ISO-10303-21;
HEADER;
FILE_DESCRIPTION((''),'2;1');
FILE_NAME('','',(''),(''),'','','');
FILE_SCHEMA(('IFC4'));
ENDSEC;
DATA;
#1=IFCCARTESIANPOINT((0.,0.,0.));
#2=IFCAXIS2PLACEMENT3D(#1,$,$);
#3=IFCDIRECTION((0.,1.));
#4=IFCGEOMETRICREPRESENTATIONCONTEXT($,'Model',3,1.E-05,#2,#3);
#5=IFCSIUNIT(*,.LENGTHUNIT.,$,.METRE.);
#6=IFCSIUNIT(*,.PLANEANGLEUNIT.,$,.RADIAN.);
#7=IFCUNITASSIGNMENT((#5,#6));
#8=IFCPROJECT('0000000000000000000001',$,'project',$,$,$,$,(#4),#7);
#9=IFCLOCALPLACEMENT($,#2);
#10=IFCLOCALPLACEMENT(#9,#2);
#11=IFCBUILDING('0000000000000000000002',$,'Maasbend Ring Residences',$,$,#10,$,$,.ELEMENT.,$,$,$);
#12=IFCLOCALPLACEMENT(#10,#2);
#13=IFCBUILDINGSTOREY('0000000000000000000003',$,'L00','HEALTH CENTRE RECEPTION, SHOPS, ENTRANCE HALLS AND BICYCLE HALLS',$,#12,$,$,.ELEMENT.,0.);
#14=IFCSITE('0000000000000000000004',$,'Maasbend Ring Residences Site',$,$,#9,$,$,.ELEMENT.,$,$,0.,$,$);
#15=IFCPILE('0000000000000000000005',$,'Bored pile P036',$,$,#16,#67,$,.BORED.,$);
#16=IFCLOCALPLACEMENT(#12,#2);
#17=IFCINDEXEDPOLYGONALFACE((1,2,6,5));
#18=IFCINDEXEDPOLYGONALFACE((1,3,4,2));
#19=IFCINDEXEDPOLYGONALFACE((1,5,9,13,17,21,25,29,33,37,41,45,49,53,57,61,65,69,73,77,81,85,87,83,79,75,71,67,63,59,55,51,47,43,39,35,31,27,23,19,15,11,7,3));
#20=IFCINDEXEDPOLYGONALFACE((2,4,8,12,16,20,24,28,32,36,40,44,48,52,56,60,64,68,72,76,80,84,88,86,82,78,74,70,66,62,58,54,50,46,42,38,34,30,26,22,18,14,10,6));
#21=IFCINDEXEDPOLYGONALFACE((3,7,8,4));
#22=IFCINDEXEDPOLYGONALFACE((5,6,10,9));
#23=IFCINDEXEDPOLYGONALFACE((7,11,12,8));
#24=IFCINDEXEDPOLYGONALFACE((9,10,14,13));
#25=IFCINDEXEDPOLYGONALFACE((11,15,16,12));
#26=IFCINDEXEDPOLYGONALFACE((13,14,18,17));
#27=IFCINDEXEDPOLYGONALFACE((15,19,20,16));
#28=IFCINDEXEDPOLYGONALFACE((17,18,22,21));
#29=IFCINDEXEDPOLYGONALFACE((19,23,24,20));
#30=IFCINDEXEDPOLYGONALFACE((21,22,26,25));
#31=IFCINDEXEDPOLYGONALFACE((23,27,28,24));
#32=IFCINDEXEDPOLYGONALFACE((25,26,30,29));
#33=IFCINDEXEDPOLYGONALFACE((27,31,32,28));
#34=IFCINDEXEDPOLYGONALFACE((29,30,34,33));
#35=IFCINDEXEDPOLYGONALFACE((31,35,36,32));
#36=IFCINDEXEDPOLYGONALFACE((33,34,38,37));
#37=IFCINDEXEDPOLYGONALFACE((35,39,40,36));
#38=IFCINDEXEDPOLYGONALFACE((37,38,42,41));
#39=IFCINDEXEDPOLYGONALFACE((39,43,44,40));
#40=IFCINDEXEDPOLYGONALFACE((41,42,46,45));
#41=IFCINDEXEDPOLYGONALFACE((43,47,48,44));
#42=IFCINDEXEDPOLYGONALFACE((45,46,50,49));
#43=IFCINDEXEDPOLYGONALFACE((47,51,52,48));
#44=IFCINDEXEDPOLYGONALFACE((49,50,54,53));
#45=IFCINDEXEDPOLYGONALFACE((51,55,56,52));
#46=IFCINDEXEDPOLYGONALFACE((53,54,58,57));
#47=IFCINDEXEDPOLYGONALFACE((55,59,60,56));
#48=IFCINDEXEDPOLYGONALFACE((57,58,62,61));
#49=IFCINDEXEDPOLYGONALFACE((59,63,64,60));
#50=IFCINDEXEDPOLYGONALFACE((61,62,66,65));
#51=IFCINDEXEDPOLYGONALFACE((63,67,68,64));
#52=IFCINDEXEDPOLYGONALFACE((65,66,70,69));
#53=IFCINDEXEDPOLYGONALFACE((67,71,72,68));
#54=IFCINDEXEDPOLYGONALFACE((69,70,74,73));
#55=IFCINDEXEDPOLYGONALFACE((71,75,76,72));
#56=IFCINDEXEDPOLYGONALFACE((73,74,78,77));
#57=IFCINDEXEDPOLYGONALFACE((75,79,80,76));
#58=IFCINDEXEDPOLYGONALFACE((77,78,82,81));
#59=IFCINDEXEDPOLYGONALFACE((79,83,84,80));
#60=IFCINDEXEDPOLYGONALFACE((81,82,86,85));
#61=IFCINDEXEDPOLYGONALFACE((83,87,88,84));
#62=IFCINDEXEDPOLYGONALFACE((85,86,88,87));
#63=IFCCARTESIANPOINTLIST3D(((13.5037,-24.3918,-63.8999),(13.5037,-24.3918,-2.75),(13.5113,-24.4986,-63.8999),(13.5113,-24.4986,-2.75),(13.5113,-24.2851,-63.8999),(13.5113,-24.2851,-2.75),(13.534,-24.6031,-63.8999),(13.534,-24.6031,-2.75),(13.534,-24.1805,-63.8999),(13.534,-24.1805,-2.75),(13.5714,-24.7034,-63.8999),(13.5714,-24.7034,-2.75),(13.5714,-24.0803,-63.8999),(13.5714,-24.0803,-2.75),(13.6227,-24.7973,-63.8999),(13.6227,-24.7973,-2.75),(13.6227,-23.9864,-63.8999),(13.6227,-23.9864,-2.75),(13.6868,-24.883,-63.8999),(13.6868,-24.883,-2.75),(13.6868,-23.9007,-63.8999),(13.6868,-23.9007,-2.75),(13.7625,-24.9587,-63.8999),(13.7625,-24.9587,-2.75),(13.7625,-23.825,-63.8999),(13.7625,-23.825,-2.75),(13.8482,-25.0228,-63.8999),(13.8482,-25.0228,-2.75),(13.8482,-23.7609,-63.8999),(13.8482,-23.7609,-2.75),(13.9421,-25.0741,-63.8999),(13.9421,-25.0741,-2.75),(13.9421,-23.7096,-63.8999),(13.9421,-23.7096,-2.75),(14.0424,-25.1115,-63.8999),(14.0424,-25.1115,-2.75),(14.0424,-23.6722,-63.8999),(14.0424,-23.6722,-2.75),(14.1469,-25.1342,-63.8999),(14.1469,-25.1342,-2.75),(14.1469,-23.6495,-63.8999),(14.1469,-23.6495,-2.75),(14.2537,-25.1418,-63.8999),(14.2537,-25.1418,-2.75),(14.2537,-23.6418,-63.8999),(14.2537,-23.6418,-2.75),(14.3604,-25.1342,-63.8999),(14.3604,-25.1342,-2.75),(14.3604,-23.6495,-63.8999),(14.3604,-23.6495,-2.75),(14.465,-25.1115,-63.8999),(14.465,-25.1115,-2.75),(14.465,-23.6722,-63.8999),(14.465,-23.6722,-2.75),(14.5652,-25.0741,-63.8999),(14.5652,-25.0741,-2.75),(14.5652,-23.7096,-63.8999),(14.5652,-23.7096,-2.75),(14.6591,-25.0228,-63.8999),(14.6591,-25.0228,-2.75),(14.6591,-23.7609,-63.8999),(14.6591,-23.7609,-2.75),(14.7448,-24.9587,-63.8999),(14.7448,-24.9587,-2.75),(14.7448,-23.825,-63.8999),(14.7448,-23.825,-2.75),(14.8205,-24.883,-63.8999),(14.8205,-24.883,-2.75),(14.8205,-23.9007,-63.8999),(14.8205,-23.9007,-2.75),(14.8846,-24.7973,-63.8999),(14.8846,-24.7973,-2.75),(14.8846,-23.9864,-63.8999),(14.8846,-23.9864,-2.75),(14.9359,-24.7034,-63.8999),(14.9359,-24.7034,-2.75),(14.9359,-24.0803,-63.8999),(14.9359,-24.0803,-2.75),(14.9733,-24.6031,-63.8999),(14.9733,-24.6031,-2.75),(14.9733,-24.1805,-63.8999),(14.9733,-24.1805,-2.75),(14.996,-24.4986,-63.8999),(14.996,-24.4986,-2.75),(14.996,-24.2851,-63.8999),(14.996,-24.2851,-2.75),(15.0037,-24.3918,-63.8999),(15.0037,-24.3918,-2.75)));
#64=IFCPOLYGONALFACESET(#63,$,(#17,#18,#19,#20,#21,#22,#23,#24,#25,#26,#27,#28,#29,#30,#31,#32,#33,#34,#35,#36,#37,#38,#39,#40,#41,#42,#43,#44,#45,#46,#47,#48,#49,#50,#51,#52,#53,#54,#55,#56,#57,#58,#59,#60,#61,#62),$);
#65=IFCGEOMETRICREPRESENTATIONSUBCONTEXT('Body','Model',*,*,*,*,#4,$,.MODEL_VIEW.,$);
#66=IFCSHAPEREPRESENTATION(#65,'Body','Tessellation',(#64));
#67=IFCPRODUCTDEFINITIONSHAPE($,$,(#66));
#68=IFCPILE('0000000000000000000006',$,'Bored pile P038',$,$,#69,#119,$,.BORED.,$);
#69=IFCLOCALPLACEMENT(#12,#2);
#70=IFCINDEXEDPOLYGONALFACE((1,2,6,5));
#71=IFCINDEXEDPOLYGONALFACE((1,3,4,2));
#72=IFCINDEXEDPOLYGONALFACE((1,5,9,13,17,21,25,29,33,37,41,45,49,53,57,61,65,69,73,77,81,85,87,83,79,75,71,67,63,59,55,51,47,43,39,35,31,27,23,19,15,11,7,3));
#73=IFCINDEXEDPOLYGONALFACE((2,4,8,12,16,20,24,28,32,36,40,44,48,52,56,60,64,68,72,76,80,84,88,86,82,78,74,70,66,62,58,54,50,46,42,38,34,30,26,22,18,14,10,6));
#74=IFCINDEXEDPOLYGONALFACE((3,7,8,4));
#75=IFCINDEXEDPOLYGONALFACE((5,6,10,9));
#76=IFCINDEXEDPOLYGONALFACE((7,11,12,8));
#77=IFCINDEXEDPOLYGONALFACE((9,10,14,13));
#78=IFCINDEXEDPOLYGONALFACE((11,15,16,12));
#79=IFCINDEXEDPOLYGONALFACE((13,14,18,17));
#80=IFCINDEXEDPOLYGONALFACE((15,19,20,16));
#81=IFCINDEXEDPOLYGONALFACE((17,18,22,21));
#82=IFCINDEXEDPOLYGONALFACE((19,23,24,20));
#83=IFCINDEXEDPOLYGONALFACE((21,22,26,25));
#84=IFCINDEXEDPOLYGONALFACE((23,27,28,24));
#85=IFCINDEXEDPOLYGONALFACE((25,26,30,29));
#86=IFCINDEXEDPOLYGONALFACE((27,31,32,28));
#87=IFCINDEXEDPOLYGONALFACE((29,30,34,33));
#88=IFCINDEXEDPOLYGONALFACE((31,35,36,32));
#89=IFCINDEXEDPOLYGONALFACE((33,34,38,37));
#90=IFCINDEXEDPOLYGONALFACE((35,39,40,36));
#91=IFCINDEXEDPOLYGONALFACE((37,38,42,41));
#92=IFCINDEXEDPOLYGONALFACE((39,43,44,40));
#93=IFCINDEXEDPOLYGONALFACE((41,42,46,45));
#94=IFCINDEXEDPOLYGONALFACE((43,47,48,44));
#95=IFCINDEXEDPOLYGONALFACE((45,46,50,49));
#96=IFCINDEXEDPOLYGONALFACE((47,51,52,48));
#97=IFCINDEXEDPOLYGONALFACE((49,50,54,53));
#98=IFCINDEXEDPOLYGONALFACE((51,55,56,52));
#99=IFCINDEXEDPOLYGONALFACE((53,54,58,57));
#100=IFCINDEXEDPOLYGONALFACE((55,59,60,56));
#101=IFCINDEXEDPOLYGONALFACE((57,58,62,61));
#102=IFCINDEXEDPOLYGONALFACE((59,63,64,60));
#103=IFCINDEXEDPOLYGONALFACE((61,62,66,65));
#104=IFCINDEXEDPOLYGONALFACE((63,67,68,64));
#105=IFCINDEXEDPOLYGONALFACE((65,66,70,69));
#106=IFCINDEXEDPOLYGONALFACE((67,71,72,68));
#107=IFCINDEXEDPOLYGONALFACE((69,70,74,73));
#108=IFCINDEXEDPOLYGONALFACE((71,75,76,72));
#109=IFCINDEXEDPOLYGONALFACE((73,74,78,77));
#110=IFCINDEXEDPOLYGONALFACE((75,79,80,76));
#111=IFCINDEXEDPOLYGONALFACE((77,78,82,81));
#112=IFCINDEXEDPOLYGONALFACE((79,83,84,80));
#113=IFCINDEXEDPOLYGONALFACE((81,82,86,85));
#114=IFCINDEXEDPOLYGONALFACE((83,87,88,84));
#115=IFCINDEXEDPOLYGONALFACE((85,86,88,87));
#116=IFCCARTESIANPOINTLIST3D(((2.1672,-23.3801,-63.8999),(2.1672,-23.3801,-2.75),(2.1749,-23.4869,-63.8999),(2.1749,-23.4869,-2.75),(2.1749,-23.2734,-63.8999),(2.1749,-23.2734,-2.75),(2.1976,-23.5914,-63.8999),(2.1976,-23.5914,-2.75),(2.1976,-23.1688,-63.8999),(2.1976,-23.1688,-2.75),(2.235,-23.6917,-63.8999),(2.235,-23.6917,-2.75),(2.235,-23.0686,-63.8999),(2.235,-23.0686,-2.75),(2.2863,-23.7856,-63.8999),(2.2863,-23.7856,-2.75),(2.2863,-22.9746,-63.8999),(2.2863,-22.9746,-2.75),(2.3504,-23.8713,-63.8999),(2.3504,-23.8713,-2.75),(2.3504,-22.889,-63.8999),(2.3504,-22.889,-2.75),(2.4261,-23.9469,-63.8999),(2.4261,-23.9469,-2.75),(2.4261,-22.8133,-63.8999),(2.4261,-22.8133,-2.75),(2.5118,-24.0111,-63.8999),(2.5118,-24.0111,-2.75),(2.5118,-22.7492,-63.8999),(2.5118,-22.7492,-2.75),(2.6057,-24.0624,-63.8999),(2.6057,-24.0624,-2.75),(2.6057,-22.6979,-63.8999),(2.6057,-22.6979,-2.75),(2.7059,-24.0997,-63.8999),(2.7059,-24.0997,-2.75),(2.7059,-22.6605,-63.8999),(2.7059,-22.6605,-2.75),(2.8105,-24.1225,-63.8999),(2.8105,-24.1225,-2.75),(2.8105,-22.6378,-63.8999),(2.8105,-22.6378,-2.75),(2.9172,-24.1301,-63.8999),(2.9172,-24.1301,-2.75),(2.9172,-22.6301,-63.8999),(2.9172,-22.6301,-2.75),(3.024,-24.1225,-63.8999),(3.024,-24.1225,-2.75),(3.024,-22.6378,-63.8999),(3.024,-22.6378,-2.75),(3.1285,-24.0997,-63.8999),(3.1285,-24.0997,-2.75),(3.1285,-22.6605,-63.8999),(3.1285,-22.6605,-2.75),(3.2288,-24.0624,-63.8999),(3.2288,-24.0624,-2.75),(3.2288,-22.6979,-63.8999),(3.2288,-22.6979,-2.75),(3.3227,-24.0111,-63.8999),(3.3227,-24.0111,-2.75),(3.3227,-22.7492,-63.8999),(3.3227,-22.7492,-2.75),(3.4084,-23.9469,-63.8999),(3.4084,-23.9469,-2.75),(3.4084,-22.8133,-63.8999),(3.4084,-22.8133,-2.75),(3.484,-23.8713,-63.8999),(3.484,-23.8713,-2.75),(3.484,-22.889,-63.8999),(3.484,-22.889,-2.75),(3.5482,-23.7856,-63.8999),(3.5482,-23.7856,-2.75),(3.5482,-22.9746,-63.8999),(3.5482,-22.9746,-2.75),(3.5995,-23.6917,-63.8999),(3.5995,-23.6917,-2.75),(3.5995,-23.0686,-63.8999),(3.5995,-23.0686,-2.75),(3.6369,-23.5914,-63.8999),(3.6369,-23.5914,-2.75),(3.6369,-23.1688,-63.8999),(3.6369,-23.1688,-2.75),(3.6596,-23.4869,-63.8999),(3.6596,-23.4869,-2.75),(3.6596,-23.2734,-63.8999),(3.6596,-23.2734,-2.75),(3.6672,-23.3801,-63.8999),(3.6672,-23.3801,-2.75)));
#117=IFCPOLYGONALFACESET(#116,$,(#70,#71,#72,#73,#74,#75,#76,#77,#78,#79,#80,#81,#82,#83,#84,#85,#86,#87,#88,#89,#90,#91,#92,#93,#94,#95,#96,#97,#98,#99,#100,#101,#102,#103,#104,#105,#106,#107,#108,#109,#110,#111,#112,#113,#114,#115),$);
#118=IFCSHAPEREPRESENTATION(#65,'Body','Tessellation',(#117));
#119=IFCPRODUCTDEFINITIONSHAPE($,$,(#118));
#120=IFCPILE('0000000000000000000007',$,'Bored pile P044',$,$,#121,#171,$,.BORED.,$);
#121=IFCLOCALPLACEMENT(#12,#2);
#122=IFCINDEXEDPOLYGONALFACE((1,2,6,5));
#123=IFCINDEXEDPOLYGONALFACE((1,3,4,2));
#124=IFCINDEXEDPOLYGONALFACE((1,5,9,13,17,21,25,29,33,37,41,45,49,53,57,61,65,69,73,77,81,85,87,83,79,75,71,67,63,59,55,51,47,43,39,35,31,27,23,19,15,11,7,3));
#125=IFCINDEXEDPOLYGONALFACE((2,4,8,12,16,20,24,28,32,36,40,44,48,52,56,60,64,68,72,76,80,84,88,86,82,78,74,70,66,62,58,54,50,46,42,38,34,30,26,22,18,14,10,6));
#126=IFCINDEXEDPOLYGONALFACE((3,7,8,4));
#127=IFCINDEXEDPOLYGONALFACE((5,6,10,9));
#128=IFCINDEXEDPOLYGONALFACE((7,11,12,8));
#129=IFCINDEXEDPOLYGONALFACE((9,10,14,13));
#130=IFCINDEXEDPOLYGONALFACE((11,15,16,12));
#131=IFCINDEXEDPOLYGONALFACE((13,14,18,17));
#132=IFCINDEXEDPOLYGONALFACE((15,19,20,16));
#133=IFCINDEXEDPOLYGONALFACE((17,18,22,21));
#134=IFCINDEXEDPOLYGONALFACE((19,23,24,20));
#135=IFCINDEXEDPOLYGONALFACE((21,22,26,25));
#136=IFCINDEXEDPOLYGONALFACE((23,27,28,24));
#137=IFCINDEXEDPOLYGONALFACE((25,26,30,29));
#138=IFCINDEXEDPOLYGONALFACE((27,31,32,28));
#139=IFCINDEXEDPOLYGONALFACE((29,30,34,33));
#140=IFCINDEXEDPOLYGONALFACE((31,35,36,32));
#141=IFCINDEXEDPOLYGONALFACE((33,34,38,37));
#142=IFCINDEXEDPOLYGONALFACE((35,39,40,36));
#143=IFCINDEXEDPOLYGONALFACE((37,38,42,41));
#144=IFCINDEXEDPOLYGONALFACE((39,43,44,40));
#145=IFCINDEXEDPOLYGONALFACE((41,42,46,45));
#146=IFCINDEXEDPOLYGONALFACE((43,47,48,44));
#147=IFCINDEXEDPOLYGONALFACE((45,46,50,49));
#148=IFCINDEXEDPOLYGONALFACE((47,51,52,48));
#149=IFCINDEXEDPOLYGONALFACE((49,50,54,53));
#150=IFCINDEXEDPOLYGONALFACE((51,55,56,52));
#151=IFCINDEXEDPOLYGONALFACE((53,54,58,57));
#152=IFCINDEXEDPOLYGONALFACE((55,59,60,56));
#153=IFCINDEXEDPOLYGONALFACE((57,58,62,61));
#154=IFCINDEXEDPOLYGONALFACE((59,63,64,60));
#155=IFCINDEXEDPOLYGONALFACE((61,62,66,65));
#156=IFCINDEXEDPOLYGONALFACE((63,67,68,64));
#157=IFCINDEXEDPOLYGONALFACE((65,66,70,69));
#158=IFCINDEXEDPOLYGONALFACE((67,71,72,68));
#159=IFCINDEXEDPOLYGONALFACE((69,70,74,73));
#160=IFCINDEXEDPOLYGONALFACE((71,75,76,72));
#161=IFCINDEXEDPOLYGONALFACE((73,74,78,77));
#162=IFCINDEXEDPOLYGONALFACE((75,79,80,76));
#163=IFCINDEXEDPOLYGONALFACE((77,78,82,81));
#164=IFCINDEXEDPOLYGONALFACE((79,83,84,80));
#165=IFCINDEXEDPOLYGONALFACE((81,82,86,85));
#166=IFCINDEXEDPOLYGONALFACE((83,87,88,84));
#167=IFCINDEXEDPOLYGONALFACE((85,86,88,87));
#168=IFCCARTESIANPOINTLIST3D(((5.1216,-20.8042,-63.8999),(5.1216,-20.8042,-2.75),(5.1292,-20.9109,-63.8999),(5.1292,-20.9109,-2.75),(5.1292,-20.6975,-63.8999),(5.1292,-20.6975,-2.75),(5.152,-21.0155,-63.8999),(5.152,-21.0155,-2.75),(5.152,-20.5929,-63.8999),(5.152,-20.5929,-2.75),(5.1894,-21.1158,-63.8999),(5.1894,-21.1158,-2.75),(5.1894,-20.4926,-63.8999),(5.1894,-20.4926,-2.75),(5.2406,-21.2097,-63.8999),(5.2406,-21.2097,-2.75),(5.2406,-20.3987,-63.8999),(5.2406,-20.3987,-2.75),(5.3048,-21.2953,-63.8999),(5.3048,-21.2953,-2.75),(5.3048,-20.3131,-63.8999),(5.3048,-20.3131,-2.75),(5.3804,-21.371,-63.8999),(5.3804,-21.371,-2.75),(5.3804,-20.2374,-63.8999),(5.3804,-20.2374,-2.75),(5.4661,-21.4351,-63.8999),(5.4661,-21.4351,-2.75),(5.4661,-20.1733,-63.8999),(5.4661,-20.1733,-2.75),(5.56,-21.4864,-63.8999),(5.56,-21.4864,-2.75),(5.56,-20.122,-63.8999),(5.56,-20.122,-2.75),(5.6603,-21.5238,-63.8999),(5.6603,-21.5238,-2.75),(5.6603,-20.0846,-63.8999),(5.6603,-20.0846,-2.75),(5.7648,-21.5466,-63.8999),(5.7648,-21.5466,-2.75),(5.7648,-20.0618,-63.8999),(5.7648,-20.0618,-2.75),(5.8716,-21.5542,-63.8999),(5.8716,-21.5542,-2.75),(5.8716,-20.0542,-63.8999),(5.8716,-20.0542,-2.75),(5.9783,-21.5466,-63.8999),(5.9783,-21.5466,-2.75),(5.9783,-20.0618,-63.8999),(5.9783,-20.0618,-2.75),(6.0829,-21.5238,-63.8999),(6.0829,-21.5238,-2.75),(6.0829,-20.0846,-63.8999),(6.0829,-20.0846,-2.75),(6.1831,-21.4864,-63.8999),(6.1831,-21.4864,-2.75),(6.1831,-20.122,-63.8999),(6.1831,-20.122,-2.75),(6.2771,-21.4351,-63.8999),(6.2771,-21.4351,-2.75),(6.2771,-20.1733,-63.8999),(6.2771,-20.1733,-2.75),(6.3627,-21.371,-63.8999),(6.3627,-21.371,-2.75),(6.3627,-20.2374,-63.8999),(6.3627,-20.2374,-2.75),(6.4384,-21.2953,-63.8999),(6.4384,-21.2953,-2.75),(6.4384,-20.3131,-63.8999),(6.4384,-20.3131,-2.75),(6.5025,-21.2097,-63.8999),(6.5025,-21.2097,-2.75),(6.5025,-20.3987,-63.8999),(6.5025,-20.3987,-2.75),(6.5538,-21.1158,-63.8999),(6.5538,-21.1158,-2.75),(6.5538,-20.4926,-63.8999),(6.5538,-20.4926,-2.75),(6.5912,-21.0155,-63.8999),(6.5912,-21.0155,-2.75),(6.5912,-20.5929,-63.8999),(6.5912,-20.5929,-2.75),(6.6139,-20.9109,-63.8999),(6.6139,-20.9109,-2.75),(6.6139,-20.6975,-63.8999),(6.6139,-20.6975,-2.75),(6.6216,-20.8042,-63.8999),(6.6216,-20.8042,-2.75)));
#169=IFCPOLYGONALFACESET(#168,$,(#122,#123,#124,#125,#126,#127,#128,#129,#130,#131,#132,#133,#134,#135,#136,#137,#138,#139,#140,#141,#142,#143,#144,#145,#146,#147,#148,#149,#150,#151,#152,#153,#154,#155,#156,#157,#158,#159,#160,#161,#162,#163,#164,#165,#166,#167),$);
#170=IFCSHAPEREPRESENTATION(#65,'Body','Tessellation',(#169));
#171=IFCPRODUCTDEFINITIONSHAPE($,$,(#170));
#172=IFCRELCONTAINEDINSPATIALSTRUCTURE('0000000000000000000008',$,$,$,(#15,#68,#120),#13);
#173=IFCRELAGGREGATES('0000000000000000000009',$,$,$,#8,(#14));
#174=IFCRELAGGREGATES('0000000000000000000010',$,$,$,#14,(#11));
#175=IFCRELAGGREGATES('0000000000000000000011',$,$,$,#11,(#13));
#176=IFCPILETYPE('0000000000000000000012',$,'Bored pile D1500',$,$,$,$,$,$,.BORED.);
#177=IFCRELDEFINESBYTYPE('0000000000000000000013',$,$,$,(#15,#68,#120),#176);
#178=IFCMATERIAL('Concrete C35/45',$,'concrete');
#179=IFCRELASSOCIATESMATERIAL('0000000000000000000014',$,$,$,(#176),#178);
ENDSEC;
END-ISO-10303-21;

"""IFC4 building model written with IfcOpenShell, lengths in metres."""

from ifc_helpers import new_model, si_unit, direction, frame, origin, origin_2d, place, context, subcontext, project, spatial, circle, extrude, material, material_profile, profile_set, type_object, element, save


model = new_model("IFC4")

# Units and contexts
model_context = context("Model", 3, precision=1e-05, world=origin(), true_north=direction((0.0, 1.0)))
body_context = subcontext(model_context, "Body", "Model", "MODEL_VIEW")
ifc_project = project(units=[si_unit("LENGTHUNIT", "METRE"), si_unit("PLANEANGLEUNIT", "RADIAN")], contexts=[model_context])

# Site, building, storey
site_placement = place(None, origin())
site = spatial("IfcSite", under=ifc_project, at=site_placement, Name="Maasbend Ring Residences Site", CompositionType="ELEMENT", RefElevation=0.0)
building_placement = place(site_placement, origin())
building = spatial("IfcBuilding", under=site, at=building_placement, Name="Maasbend Ring Residences", CompositionType="ELEMENT")
storey_placement = place(building_placement, origin())
storey = spatial("IfcBuildingStorey", under=building, at=storey_placement, Name="L00", Description="HEALTH CENTRE RECEPTION, SHOPS, ENTRANCE HALLS AND BICYCLE HALLS", CompositionType="ELEMENT", Elevation=0.0)

# Piles
ifc_material_1 = material(Name="Concrete C35/45", Category="concrete")
ifc_material_profile_1 = material_profile(ifc_material_1, circle(Radius=0.75, at=origin_2d()), Name="Bored pile D1500")
ifc_profile_set_1 = profile_set([ifc_material_profile_1], Name="Concrete C35/45")
pile_type = type_object("IfcPileType", Name="Bored pile D1500", PredefinedType="BORED", material=ifc_profile_set_1)
for number, where, z_axis, x_axis, name in (
    (1, (14.2537, -24.3918, -2.75), (0.0, 0.0, -1.0), (1.0, 0.0, 0.0), "Bored pile P036"),
    (2, (2.9172, -23.3801, -2.75), (0.0, 0.0, -1.0), (1.0, 0.0, 0.0), "Bored pile P038"),
    (3, (5.8716, -20.8042, -2.75), (0.0, 0.0, -1.0), (1.0, 0.0, 0.0), "Bored pile P044"),
):
    element("IfcPile", number, at=place(storey_placement, frame(where, z_axis=z_axis, x_axis=x_axis)), inside=storey, type_object=pile_type, Name=name, PredefinedType="BORED", context=body_context, shape_type="SweptSolid", body=[
        extrude(circle(Radius=0.75, at=origin_2d()), origin(), (0.0, 0.0, 1.0), 61.1499),
    ])

save(model, "model.ifc")
